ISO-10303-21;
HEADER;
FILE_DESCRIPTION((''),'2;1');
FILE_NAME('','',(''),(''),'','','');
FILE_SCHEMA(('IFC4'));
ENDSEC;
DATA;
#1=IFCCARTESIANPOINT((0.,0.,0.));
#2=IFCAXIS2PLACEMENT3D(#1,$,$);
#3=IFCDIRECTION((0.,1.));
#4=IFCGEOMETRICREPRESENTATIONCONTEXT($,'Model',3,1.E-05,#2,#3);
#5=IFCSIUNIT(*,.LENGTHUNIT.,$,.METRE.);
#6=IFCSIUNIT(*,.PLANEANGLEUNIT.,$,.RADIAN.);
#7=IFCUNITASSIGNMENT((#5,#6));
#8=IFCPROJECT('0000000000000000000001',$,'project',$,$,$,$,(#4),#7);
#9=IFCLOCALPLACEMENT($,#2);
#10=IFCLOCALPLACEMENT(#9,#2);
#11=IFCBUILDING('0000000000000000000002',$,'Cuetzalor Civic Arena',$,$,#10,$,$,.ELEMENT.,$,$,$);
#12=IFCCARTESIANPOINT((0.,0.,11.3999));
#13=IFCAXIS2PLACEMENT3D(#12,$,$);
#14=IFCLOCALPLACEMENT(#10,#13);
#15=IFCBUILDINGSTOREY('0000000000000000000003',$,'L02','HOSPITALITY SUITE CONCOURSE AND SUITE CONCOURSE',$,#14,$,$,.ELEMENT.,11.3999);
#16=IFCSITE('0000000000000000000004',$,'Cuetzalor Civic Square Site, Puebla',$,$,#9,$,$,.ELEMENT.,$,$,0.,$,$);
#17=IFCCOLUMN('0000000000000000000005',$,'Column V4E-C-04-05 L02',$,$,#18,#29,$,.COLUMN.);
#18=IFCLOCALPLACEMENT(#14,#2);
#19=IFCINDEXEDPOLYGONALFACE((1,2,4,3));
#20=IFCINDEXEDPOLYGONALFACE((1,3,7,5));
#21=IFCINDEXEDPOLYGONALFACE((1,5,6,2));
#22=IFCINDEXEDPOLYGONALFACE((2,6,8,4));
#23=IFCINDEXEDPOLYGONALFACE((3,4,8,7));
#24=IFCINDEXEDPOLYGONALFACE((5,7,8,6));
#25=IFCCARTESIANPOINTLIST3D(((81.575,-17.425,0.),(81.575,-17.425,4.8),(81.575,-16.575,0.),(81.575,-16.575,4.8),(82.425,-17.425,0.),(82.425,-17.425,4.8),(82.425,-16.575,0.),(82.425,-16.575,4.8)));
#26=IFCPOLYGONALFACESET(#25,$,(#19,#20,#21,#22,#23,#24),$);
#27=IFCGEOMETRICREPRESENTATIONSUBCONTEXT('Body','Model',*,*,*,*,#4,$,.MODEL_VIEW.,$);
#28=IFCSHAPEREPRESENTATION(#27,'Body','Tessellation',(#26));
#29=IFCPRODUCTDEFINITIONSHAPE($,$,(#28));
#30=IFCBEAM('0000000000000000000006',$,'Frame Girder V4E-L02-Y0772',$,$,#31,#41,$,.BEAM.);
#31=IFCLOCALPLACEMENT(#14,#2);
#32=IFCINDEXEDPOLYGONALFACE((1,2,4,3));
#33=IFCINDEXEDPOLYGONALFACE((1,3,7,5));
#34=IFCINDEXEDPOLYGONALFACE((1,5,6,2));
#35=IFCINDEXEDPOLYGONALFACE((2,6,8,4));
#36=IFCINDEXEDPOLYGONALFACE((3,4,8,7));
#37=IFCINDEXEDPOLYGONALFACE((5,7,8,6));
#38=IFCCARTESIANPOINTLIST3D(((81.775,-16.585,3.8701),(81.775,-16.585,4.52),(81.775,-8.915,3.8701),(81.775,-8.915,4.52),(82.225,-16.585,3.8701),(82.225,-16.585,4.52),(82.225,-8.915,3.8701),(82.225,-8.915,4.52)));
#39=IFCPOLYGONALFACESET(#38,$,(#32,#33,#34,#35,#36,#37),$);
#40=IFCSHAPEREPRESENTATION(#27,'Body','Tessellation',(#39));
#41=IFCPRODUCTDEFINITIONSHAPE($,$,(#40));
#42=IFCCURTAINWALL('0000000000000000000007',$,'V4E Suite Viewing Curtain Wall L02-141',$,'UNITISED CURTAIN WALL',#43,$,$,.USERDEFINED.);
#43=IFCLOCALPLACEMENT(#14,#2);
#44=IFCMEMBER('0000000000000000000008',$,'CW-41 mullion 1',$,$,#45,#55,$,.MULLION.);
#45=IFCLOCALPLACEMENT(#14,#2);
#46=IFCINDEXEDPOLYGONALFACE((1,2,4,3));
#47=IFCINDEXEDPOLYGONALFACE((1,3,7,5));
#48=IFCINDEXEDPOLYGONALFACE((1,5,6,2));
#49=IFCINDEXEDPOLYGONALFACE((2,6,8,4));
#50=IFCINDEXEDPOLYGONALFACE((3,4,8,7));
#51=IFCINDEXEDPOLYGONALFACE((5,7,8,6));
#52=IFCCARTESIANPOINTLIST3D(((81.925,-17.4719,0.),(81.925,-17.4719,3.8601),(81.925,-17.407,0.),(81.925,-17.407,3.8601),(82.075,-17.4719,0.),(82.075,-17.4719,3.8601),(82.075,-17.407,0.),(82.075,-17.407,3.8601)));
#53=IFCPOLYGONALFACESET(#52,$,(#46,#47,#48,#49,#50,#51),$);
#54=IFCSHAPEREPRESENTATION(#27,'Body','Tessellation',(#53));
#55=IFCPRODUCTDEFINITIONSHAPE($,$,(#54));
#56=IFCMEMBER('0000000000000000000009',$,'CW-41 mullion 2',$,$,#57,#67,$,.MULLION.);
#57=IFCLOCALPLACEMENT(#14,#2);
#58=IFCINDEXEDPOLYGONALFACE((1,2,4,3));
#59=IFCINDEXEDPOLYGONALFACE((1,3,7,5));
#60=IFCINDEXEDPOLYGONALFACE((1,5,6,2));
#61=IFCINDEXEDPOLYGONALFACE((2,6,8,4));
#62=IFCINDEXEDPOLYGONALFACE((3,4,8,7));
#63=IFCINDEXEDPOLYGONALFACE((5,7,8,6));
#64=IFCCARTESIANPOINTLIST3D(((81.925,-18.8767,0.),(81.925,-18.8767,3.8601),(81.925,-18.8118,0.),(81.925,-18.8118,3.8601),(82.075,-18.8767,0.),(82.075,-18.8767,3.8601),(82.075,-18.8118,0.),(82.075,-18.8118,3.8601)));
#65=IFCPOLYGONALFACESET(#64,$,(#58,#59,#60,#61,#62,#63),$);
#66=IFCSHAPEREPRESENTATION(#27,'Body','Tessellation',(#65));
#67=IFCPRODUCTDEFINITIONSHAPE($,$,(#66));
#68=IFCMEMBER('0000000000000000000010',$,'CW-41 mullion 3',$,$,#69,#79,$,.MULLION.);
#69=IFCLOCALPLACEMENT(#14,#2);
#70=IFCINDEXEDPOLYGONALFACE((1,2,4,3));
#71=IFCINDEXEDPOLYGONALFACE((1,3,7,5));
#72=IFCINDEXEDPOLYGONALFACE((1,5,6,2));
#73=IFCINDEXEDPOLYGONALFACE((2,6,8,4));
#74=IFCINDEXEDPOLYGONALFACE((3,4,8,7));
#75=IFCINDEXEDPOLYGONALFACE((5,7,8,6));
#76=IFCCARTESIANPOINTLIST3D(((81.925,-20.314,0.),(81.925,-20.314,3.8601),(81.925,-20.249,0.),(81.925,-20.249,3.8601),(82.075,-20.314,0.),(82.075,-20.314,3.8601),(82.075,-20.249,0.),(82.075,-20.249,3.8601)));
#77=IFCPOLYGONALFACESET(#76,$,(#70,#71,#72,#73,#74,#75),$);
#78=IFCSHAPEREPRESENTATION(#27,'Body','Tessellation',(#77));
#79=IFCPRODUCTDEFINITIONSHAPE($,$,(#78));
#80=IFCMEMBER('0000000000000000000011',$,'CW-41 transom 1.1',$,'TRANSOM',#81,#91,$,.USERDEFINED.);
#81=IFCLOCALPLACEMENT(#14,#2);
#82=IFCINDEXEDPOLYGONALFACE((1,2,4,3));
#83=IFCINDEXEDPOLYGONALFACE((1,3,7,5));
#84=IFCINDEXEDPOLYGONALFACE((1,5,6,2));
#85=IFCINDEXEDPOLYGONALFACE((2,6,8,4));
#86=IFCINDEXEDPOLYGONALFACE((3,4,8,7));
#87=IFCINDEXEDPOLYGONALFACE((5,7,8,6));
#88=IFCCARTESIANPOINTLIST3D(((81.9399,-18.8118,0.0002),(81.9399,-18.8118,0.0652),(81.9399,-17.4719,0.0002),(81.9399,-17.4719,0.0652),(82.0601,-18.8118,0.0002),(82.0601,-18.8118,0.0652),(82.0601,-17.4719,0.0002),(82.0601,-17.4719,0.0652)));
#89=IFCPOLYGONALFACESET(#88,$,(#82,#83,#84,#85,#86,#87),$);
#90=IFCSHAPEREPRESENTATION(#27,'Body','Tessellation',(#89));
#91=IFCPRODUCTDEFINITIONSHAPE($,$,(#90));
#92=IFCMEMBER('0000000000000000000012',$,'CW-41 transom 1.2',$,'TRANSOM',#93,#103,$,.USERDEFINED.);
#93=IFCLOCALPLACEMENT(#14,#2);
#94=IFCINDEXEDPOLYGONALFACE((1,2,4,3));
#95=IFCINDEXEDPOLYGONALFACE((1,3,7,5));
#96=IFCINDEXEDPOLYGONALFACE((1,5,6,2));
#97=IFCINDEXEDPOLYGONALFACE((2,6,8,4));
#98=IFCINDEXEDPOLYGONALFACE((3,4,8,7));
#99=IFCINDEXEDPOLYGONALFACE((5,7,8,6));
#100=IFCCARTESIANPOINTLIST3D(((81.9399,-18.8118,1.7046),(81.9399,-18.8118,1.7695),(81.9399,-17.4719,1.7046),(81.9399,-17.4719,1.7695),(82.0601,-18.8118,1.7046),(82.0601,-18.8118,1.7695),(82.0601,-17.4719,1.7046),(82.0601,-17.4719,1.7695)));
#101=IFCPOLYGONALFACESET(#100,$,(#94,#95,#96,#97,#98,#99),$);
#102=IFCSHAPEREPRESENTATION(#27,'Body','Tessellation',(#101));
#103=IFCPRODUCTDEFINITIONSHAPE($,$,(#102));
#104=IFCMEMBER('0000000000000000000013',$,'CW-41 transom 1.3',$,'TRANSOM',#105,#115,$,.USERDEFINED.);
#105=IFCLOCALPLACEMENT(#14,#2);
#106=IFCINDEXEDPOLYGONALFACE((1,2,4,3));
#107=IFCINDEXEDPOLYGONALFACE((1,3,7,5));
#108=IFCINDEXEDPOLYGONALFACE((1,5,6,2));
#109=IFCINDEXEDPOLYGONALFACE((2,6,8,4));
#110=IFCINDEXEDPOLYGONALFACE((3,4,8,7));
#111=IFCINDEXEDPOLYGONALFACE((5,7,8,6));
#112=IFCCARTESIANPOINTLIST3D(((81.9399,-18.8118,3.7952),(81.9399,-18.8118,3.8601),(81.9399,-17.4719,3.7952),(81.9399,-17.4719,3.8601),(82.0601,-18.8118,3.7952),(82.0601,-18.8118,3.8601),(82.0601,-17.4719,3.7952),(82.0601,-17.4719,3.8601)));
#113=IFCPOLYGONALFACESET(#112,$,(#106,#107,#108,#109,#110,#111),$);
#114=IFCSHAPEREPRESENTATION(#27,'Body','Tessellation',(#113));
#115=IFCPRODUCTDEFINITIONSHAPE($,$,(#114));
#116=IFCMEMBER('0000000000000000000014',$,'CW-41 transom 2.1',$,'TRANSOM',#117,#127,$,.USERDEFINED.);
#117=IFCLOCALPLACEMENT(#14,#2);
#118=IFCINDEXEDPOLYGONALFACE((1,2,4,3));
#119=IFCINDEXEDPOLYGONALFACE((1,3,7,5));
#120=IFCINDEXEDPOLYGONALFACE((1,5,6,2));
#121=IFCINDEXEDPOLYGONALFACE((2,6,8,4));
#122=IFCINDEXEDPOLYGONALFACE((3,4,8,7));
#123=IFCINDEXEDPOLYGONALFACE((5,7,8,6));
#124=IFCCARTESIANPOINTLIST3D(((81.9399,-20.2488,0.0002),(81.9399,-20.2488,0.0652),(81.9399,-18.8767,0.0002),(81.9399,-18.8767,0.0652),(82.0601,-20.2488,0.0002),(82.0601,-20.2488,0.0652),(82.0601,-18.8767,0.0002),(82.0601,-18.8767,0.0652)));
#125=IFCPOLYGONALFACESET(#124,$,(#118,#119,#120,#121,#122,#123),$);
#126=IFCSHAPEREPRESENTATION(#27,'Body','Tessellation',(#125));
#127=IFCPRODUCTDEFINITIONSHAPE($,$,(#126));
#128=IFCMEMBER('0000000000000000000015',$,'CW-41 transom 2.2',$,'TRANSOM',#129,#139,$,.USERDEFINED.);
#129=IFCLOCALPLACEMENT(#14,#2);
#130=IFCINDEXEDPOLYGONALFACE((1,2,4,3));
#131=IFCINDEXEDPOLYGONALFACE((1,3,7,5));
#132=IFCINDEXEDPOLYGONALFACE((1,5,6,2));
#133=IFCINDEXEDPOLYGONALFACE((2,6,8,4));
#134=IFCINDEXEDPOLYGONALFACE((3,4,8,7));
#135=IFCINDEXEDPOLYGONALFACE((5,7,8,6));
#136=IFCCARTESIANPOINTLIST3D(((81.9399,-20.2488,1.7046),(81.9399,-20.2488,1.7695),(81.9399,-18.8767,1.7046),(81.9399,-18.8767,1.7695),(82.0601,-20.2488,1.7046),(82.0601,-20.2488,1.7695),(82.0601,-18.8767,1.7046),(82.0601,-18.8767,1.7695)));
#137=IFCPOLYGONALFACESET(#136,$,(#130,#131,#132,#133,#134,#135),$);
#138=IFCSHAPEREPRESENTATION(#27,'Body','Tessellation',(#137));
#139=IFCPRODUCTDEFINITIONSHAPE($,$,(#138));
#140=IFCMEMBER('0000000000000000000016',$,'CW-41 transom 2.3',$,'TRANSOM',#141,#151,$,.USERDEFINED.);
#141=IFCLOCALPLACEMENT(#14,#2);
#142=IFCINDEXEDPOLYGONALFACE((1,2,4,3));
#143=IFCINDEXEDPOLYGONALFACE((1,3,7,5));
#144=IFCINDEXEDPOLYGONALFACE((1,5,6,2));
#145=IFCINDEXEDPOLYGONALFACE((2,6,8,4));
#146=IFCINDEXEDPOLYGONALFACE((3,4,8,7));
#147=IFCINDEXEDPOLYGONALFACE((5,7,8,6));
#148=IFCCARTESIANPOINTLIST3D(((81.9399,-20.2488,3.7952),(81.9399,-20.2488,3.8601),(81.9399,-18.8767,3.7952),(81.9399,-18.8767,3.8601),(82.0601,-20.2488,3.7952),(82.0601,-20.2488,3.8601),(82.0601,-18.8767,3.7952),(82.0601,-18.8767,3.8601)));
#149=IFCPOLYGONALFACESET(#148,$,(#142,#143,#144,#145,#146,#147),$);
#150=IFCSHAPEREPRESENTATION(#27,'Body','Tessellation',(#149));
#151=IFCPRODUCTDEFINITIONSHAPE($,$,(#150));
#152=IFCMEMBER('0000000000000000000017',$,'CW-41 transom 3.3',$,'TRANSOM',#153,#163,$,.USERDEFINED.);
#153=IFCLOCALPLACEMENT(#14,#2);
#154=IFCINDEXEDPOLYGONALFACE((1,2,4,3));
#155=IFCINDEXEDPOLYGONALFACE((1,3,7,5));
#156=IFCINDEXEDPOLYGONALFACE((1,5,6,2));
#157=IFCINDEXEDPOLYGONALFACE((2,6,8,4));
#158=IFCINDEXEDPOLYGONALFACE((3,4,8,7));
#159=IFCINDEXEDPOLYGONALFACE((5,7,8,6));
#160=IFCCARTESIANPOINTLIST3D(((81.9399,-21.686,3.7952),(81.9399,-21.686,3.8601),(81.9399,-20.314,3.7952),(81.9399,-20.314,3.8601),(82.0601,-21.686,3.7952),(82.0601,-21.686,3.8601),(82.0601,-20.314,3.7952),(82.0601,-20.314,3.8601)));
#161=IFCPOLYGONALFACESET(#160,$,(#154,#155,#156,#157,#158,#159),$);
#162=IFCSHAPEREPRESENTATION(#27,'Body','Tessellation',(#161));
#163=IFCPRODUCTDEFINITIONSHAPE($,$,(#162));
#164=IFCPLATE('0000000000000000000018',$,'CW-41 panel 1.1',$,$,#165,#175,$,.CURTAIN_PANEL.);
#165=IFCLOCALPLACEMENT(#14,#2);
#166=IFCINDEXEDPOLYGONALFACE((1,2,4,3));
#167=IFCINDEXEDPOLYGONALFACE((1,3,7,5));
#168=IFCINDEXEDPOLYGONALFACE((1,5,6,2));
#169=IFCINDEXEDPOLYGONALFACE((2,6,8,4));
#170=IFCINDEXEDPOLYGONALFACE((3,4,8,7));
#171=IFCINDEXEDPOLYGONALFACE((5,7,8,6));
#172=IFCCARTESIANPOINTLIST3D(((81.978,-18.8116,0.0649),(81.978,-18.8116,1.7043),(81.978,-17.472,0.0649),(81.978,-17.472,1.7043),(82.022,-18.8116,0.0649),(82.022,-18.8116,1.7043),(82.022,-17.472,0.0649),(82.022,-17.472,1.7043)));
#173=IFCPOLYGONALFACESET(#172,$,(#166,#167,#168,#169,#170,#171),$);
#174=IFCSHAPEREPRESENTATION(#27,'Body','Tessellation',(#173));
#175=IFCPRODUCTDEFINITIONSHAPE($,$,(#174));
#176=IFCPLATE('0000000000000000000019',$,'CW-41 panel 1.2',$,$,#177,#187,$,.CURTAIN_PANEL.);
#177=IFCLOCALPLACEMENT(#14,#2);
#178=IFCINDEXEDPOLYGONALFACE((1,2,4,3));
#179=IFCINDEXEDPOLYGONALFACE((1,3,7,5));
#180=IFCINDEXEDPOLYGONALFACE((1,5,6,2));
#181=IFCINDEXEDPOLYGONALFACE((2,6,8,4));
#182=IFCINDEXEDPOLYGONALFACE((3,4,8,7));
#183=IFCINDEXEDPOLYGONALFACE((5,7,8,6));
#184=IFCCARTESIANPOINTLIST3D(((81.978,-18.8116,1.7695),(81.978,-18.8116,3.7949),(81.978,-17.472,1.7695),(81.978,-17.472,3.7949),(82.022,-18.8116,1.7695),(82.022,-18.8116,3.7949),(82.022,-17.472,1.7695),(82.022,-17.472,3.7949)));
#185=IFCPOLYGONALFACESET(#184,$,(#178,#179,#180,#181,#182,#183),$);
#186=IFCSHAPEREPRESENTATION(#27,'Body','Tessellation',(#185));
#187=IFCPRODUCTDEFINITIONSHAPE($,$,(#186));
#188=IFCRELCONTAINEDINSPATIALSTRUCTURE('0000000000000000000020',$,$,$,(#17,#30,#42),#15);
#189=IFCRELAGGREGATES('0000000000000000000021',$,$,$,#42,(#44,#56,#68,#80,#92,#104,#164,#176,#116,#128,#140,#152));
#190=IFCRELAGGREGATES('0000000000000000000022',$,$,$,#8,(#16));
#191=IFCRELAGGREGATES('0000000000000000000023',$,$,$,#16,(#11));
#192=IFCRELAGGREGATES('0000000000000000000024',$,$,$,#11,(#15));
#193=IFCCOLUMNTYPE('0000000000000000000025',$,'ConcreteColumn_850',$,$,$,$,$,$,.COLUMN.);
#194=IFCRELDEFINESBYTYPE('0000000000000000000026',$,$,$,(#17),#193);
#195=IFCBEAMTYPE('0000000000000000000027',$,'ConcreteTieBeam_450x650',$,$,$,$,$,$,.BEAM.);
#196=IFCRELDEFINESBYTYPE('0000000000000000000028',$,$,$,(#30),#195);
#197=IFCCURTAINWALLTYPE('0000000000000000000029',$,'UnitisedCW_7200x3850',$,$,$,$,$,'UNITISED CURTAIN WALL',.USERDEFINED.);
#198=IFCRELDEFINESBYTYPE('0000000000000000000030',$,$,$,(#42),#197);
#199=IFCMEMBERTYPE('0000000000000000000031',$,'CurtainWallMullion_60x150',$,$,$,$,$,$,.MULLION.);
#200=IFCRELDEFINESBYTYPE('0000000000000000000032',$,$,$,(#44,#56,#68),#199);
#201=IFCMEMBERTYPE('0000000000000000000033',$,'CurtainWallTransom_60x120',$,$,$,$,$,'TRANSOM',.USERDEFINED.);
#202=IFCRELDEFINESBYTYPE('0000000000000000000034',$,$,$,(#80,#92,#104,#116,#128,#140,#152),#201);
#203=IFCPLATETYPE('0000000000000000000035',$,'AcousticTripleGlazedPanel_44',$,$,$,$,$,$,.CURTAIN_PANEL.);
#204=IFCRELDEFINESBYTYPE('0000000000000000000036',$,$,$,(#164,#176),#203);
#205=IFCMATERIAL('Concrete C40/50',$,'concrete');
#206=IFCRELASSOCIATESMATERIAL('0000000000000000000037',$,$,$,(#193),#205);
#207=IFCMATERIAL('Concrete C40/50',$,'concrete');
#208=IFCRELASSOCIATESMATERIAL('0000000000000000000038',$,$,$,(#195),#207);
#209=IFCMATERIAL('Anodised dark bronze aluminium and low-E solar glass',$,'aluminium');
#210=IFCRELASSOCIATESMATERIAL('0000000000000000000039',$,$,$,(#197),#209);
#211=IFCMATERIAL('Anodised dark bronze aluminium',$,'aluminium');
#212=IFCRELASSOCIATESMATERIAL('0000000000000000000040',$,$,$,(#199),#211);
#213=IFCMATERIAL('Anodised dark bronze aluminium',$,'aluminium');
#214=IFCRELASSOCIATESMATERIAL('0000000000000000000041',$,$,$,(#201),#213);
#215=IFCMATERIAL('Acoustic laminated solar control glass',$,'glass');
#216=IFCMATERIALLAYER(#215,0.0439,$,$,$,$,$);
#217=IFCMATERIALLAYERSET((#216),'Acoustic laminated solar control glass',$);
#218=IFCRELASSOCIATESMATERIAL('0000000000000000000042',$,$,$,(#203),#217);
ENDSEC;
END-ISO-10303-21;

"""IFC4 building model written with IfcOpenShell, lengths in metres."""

from ifc_helpers import new_model, si_unit, direction, frame, origin, origin_2d, place, context, subcontext, project, spatial, rectangle, extrude, material, layer, layer_set, material_profile, profile_set, type_object, element, aggregate, save


model = new_model("IFC4")

# Units and contexts
model_context = context("Model", 3, precision=1e-05, world=origin(), true_north=direction((0.0, 1.0)))
body_context = subcontext(model_context, "Body", "Model", "MODEL_VIEW")
ifc_project = project(units=[si_unit("LENGTHUNIT", "METRE"), si_unit("PLANEANGLEUNIT", "RADIAN")], contexts=[model_context])

# Site, building, storey
site_placement = place(None, origin())
site = spatial("IfcSite", under=ifc_project, at=site_placement, Name="Cuetzalor Civic Square Site, Puebla", CompositionType="ELEMENT", RefElevation=0.0)
building_placement = place(site_placement, origin())
building = spatial("IfcBuilding", under=site, at=building_placement, Name="Cuetzalor Civic Arena", CompositionType="ELEMENT")
storey_placement = place(building_placement, frame((0.0, 0.0, 11.3999)))
storey = spatial("IfcBuildingStorey", under=building, at=storey_placement, Name="L02", Description="HOSPITALITY SUITE CONCOURSE AND SUITE CONCOURSE", CompositionType="ELEMENT", Elevation=11.3999)

# Column
ifc_material_1 = material(Name="Concrete C40/50", Category="concrete")
ifc_material_profile_1 = material_profile(ifc_material_1, rectangle(XDim=0.8501, YDim=0.8501, at=origin_2d()), Name="RC 850x850")
ifc_profile_set_1 = profile_set([ifc_material_profile_1], Name="Concrete C40/50")
column_type = type_object("IfcColumnType", Name="ConcreteColumn_850", PredefinedType="COLUMN", material=ifc_profile_set_1)
column_placement = place(storey_placement, frame((82.0, -17.0, 0.0), z_axis=(0.0, 0.0, 1.0), x_axis=(1.0, 0.0, 0.0)))
element("IfcColumn", 1, at=column_placement, inside=storey, type_object=column_type, Name="Column V4E-C-04-05 L02", PredefinedType="COLUMN", context=body_context, shape_type="SweptSolid", body=[
    extrude(rectangle(XDim=0.8501, YDim=0.8501, at=origin_2d()), origin(), (0.0, 0.0, 1.0), 4.8),
])

# Beam
ifc_material_2 = material(Name="Concrete C40/50", Category="concrete")
ifc_material_profile_2 = material_profile(ifc_material_2, rectangle(XDim=0.45, YDim=0.6499, at=origin_2d()), Name="RC 450x650")
ifc_profile_set_2 = profile_set([ifc_material_profile_2], Name="Concrete C40/50")
beam_type = type_object("IfcBeamType", Name="ConcreteTieBeam_450x650", PredefinedType="BEAM", material=ifc_profile_set_2)
beam_placement = place(storey_placement, frame((82.0, -16.585, 4.1951), z_axis=(0.0, 1.0, 0.0), x_axis=(-1.0, 0.0, 0.0)))
element("IfcBeam", 2, at=beam_placement, inside=storey, type_object=beam_type, Name="Frame Girder V4E-L02-Y0772", PredefinedType="BEAM", context=body_context, shape_type="SweptSolid", body=[
    extrude(rectangle(XDim=0.45, YDim=0.6499, at=origin_2d()), origin(), (0.0, 0.0, 1.0), 7.6699),
])

# Curtain wall, members, plates
ifc_material_3 = material(Name="Anodised dark bronze aluminium and low-E solar glass", Category="aluminium")
curtain_wall_type = type_object("IfcCurtainWallType", Name="UnitisedCW_7200x3850", ElementType="UNITISED CURTAIN WALL", PredefinedType="USERDEFINED", material=ifc_material_3)
curtain_wall_placement = place(storey_placement, origin())
curtain_wall = element("IfcCurtainWall", 3, at=curtain_wall_placement, inside=storey, type_object=curtain_wall_type, Name="V4E Suite Viewing Curtain Wall L02-141", ObjectType="UNITISED CURTAIN WALL", PredefinedType="USERDEFINED")
ifc_material_4 = material(Name="Anodised dark bronze aluminium", Category="aluminium")
ifc_material_profile_3 = material_profile(ifc_material_4, rectangle(XDim=0.0649, YDim=0.1499, at=origin_2d()), Name="ALU MULLION 65x150")
ifc_profile_set_3 = profile_set([ifc_material_profile_3], Name="Anodised dark bronze aluminium")
member_type_1 = type_object("IfcMemberType", Name="CurtainWallMullion_60x150", PredefinedType="MULLION", material=ifc_profile_set_3)
member_1_placement = place(storey_placement, frame((82.0, -17.4395, 0.0), z_axis=(0.0, 0.0, 1.0), x_axis=(0.0, -1.0, 0.0)))
member_1 = element("IfcMember", 4, at=member_1_placement, type_object=member_type_1, Name="CW-41 mullion 1", PredefinedType="MULLION", context=body_context, shape_type="SweptSolid", body=[
    extrude(rectangle(XDim=0.0649, YDim=0.1499, at=origin_2d()), origin(), (0.0, 0.0, 1.0), 3.8601),
])
member_2_placement = place(storey_placement, frame((82.0, -18.8442, 0.0), z_axis=(0.0, 0.0, 1.0), x_axis=(0.0, -1.0, 0.0)))
member_2 = element("IfcMember", 5, at=member_2_placement, type_object=member_type_1, Name="CW-41 mullion 2", PredefinedType="MULLION", context=body_context, shape_type="SweptSolid", body=[
    extrude(rectangle(XDim=0.0649, YDim=0.1499, at=origin_2d()), origin(), (0.0, 0.0, 1.0), 3.8601),
])
member_3_placement = place(storey_placement, frame((82.0, -20.2815, 0.0), z_axis=(0.0, 0.0, 1.0), x_axis=(0.0, -1.0, 0.0)))
member_3 = element("IfcMember", 6, at=member_3_placement, type_object=member_type_1, Name="CW-41 mullion 3", PredefinedType="MULLION", context=body_context, shape_type="SweptSolid", body=[
    extrude(rectangle(XDim=0.0649, YDim=0.1499, at=origin_2d()), origin(), (0.0, 0.0, 1.0), 3.8601),
])
ifc_material_5 = material(Name="Anodised dark bronze aluminium", Category="aluminium")
ifc_material_profile_4 = material_profile(ifc_material_5, rectangle(XDim=0.1201, YDim=0.0649, at=origin_2d()), Name="ALU TRANSOM 65x120")
ifc_profile_set_4 = profile_set([ifc_material_profile_4], Name="Anodised dark bronze aluminium")
member_type_2 = type_object("IfcMemberType", Name="CurtainWallTransom_60x120", ElementType="TRANSOM", PredefinedType="USERDEFINED", material=ifc_profile_set_4)
member_4_placement = place(storey_placement, frame((82.0, -17.4719, 0.0327), z_axis=(0.0, -1.0, 0.0), x_axis=(1.0, 0.0, 0.0)))
member_4 = element("IfcMember", 7, at=member_4_placement, type_object=member_type_2, Name="CW-41 transom 1.1", ObjectType="TRANSOM", PredefinedType="USERDEFINED", context=body_context, shape_type="SweptSolid", body=[
    extrude(rectangle(XDim=0.1201, YDim=0.0649, at=origin_2d()), origin(), (0.0, 0.0, 1.0), 1.3398),
])
member_5_placement = place(storey_placement, frame((82.0, -17.4719, 1.7371), z_axis=(0.0, -1.0, 0.0), x_axis=(1.0, 0.0, 0.0)))
member_5 = element("IfcMember", 8, at=member_5_placement, type_object=member_type_2, Name="CW-41 transom 1.2", ObjectType="TRANSOM", PredefinedType="USERDEFINED", context=body_context, shape_type="SweptSolid", body=[
    extrude(rectangle(XDim=0.1201, YDim=0.0649, at=origin_2d()), origin(), (0.0, 0.0, 1.0), 1.3398),
])
member_6_placement = place(storey_placement, frame((82.0, -17.4719, 3.8276), z_axis=(0.0, -1.0, 0.0), x_axis=(1.0, 0.0, 0.0)))
member_6 = element("IfcMember", 9, at=member_6_placement, type_object=member_type_2, Name="CW-41 transom 1.3", ObjectType="TRANSOM", PredefinedType="USERDEFINED", context=body_context, shape_type="SweptSolid", body=[
    extrude(rectangle(XDim=0.1201, YDim=0.0649, at=origin_2d()), origin(), (0.0, 0.0, 1.0), 1.3398),
])
member_7_placement = place(storey_placement, frame((82.0, -18.8767, 0.0327), z_axis=(0.0, -1.0, 0.0), x_axis=(1.0, 0.0, 0.0)))
member_7 = element("IfcMember", 10, at=member_7_placement, type_object=member_type_2, Name="CW-41 transom 2.1", ObjectType="TRANSOM", PredefinedType="USERDEFINED", context=body_context, shape_type="SweptSolid", body=[
    extrude(rectangle(XDim=0.1201, YDim=0.0649, at=origin_2d()), origin(), (0.0, 0.0, 1.0), 1.3721),
])
member_8_placement = place(storey_placement, frame((82.0, -18.8767, 1.7371), z_axis=(0.0, -1.0, 0.0), x_axis=(1.0, 0.0, 0.0)))
member_8 = element("IfcMember", 11, at=member_8_placement, type_object=member_type_2, Name="CW-41 transom 2.2", ObjectType="TRANSOM", PredefinedType="USERDEFINED", context=body_context, shape_type="SweptSolid", body=[
    extrude(rectangle(XDim=0.1201, YDim=0.0649, at=origin_2d()), origin(), (0.0, 0.0, 1.0), 1.3721),
])
member_9_placement = place(storey_placement, frame((82.0, -18.8767, 3.8276), z_axis=(0.0, -1.0, 0.0), x_axis=(1.0, 0.0, 0.0)))
member_9 = element("IfcMember", 12, at=member_9_placement, type_object=member_type_2, Name="CW-41 transom 2.3", ObjectType="TRANSOM", PredefinedType="USERDEFINED", context=body_context, shape_type="SweptSolid", body=[
    extrude(rectangle(XDim=0.1201, YDim=0.0649, at=origin_2d()), origin(), (0.0, 0.0, 1.0), 1.3721),
])
member_10_placement = place(storey_placement, frame((82.0, -20.314, 3.8276), z_axis=(0.0, -1.0, 0.0), x_axis=(1.0, 0.0, 0.0)))
member_10 = element("IfcMember", 13, at=member_10_placement, type_object=member_type_2, Name="CW-41 transom 3.3", ObjectType="TRANSOM", PredefinedType="USERDEFINED", context=body_context, shape_type="SweptSolid", body=[
    extrude(rectangle(XDim=0.1201, YDim=0.0649, at=origin_2d()), origin(), (0.0, 0.0, 1.0), 1.3721),
])
ifc_material_6 = material(Name="Acoustic laminated solar control glass", Category="glass")
ifc_layer_1 = layer(ifc_material_6, 0.0439)
ifc_layer_set_1 = layer_set([ifc_layer_1], Name="Acoustic laminated solar control glass")
plate_type = type_object("IfcPlateType", Name="AcousticTripleGlazedPanel_44", PredefinedType="CURTAIN_PANEL", material=ifc_layer_set_1)
plate_1_placement = place(storey_placement, frame((82.0, -18.1418, 0.0649), z_axis=(0.0, 0.0, 1.0), x_axis=(0.0, -1.0, 0.0)))
plate_1 = element("IfcPlate", 14, at=plate_1_placement, type_object=plate_type, Name="CW-41 panel 1.1", PredefinedType="CURTAIN_PANEL", context=body_context, shape_type="SweptSolid", body=[
    extrude(rectangle(XDim=1.3396, YDim=0.0439, at=origin_2d()), origin(), (0.0, 0.0, 1.0), 1.6394),
])
plate_2_placement = place(storey_placement, frame((82.0, -18.1418, 1.7695), z_axis=(0.0, 0.0, 1.0), x_axis=(0.0, -1.0, 0.0)))
plate_2 = element("IfcPlate", 15, at=plate_2_placement, type_object=plate_type, Name="CW-41 panel 1.2", PredefinedType="CURTAIN_PANEL", context=body_context, shape_type="SweptSolid", body=[
    extrude(rectangle(XDim=1.3396, YDim=0.0439, at=origin_2d()), origin(), (0.0, 0.0, 1.0), 2.0254),
])
aggregate(curtain_wall, [member_1, member_2, member_3, member_4, member_5, member_6, plate_1, plate_2, member_7, member_8, member_9, member_10])

save(model, "model.ifc")
